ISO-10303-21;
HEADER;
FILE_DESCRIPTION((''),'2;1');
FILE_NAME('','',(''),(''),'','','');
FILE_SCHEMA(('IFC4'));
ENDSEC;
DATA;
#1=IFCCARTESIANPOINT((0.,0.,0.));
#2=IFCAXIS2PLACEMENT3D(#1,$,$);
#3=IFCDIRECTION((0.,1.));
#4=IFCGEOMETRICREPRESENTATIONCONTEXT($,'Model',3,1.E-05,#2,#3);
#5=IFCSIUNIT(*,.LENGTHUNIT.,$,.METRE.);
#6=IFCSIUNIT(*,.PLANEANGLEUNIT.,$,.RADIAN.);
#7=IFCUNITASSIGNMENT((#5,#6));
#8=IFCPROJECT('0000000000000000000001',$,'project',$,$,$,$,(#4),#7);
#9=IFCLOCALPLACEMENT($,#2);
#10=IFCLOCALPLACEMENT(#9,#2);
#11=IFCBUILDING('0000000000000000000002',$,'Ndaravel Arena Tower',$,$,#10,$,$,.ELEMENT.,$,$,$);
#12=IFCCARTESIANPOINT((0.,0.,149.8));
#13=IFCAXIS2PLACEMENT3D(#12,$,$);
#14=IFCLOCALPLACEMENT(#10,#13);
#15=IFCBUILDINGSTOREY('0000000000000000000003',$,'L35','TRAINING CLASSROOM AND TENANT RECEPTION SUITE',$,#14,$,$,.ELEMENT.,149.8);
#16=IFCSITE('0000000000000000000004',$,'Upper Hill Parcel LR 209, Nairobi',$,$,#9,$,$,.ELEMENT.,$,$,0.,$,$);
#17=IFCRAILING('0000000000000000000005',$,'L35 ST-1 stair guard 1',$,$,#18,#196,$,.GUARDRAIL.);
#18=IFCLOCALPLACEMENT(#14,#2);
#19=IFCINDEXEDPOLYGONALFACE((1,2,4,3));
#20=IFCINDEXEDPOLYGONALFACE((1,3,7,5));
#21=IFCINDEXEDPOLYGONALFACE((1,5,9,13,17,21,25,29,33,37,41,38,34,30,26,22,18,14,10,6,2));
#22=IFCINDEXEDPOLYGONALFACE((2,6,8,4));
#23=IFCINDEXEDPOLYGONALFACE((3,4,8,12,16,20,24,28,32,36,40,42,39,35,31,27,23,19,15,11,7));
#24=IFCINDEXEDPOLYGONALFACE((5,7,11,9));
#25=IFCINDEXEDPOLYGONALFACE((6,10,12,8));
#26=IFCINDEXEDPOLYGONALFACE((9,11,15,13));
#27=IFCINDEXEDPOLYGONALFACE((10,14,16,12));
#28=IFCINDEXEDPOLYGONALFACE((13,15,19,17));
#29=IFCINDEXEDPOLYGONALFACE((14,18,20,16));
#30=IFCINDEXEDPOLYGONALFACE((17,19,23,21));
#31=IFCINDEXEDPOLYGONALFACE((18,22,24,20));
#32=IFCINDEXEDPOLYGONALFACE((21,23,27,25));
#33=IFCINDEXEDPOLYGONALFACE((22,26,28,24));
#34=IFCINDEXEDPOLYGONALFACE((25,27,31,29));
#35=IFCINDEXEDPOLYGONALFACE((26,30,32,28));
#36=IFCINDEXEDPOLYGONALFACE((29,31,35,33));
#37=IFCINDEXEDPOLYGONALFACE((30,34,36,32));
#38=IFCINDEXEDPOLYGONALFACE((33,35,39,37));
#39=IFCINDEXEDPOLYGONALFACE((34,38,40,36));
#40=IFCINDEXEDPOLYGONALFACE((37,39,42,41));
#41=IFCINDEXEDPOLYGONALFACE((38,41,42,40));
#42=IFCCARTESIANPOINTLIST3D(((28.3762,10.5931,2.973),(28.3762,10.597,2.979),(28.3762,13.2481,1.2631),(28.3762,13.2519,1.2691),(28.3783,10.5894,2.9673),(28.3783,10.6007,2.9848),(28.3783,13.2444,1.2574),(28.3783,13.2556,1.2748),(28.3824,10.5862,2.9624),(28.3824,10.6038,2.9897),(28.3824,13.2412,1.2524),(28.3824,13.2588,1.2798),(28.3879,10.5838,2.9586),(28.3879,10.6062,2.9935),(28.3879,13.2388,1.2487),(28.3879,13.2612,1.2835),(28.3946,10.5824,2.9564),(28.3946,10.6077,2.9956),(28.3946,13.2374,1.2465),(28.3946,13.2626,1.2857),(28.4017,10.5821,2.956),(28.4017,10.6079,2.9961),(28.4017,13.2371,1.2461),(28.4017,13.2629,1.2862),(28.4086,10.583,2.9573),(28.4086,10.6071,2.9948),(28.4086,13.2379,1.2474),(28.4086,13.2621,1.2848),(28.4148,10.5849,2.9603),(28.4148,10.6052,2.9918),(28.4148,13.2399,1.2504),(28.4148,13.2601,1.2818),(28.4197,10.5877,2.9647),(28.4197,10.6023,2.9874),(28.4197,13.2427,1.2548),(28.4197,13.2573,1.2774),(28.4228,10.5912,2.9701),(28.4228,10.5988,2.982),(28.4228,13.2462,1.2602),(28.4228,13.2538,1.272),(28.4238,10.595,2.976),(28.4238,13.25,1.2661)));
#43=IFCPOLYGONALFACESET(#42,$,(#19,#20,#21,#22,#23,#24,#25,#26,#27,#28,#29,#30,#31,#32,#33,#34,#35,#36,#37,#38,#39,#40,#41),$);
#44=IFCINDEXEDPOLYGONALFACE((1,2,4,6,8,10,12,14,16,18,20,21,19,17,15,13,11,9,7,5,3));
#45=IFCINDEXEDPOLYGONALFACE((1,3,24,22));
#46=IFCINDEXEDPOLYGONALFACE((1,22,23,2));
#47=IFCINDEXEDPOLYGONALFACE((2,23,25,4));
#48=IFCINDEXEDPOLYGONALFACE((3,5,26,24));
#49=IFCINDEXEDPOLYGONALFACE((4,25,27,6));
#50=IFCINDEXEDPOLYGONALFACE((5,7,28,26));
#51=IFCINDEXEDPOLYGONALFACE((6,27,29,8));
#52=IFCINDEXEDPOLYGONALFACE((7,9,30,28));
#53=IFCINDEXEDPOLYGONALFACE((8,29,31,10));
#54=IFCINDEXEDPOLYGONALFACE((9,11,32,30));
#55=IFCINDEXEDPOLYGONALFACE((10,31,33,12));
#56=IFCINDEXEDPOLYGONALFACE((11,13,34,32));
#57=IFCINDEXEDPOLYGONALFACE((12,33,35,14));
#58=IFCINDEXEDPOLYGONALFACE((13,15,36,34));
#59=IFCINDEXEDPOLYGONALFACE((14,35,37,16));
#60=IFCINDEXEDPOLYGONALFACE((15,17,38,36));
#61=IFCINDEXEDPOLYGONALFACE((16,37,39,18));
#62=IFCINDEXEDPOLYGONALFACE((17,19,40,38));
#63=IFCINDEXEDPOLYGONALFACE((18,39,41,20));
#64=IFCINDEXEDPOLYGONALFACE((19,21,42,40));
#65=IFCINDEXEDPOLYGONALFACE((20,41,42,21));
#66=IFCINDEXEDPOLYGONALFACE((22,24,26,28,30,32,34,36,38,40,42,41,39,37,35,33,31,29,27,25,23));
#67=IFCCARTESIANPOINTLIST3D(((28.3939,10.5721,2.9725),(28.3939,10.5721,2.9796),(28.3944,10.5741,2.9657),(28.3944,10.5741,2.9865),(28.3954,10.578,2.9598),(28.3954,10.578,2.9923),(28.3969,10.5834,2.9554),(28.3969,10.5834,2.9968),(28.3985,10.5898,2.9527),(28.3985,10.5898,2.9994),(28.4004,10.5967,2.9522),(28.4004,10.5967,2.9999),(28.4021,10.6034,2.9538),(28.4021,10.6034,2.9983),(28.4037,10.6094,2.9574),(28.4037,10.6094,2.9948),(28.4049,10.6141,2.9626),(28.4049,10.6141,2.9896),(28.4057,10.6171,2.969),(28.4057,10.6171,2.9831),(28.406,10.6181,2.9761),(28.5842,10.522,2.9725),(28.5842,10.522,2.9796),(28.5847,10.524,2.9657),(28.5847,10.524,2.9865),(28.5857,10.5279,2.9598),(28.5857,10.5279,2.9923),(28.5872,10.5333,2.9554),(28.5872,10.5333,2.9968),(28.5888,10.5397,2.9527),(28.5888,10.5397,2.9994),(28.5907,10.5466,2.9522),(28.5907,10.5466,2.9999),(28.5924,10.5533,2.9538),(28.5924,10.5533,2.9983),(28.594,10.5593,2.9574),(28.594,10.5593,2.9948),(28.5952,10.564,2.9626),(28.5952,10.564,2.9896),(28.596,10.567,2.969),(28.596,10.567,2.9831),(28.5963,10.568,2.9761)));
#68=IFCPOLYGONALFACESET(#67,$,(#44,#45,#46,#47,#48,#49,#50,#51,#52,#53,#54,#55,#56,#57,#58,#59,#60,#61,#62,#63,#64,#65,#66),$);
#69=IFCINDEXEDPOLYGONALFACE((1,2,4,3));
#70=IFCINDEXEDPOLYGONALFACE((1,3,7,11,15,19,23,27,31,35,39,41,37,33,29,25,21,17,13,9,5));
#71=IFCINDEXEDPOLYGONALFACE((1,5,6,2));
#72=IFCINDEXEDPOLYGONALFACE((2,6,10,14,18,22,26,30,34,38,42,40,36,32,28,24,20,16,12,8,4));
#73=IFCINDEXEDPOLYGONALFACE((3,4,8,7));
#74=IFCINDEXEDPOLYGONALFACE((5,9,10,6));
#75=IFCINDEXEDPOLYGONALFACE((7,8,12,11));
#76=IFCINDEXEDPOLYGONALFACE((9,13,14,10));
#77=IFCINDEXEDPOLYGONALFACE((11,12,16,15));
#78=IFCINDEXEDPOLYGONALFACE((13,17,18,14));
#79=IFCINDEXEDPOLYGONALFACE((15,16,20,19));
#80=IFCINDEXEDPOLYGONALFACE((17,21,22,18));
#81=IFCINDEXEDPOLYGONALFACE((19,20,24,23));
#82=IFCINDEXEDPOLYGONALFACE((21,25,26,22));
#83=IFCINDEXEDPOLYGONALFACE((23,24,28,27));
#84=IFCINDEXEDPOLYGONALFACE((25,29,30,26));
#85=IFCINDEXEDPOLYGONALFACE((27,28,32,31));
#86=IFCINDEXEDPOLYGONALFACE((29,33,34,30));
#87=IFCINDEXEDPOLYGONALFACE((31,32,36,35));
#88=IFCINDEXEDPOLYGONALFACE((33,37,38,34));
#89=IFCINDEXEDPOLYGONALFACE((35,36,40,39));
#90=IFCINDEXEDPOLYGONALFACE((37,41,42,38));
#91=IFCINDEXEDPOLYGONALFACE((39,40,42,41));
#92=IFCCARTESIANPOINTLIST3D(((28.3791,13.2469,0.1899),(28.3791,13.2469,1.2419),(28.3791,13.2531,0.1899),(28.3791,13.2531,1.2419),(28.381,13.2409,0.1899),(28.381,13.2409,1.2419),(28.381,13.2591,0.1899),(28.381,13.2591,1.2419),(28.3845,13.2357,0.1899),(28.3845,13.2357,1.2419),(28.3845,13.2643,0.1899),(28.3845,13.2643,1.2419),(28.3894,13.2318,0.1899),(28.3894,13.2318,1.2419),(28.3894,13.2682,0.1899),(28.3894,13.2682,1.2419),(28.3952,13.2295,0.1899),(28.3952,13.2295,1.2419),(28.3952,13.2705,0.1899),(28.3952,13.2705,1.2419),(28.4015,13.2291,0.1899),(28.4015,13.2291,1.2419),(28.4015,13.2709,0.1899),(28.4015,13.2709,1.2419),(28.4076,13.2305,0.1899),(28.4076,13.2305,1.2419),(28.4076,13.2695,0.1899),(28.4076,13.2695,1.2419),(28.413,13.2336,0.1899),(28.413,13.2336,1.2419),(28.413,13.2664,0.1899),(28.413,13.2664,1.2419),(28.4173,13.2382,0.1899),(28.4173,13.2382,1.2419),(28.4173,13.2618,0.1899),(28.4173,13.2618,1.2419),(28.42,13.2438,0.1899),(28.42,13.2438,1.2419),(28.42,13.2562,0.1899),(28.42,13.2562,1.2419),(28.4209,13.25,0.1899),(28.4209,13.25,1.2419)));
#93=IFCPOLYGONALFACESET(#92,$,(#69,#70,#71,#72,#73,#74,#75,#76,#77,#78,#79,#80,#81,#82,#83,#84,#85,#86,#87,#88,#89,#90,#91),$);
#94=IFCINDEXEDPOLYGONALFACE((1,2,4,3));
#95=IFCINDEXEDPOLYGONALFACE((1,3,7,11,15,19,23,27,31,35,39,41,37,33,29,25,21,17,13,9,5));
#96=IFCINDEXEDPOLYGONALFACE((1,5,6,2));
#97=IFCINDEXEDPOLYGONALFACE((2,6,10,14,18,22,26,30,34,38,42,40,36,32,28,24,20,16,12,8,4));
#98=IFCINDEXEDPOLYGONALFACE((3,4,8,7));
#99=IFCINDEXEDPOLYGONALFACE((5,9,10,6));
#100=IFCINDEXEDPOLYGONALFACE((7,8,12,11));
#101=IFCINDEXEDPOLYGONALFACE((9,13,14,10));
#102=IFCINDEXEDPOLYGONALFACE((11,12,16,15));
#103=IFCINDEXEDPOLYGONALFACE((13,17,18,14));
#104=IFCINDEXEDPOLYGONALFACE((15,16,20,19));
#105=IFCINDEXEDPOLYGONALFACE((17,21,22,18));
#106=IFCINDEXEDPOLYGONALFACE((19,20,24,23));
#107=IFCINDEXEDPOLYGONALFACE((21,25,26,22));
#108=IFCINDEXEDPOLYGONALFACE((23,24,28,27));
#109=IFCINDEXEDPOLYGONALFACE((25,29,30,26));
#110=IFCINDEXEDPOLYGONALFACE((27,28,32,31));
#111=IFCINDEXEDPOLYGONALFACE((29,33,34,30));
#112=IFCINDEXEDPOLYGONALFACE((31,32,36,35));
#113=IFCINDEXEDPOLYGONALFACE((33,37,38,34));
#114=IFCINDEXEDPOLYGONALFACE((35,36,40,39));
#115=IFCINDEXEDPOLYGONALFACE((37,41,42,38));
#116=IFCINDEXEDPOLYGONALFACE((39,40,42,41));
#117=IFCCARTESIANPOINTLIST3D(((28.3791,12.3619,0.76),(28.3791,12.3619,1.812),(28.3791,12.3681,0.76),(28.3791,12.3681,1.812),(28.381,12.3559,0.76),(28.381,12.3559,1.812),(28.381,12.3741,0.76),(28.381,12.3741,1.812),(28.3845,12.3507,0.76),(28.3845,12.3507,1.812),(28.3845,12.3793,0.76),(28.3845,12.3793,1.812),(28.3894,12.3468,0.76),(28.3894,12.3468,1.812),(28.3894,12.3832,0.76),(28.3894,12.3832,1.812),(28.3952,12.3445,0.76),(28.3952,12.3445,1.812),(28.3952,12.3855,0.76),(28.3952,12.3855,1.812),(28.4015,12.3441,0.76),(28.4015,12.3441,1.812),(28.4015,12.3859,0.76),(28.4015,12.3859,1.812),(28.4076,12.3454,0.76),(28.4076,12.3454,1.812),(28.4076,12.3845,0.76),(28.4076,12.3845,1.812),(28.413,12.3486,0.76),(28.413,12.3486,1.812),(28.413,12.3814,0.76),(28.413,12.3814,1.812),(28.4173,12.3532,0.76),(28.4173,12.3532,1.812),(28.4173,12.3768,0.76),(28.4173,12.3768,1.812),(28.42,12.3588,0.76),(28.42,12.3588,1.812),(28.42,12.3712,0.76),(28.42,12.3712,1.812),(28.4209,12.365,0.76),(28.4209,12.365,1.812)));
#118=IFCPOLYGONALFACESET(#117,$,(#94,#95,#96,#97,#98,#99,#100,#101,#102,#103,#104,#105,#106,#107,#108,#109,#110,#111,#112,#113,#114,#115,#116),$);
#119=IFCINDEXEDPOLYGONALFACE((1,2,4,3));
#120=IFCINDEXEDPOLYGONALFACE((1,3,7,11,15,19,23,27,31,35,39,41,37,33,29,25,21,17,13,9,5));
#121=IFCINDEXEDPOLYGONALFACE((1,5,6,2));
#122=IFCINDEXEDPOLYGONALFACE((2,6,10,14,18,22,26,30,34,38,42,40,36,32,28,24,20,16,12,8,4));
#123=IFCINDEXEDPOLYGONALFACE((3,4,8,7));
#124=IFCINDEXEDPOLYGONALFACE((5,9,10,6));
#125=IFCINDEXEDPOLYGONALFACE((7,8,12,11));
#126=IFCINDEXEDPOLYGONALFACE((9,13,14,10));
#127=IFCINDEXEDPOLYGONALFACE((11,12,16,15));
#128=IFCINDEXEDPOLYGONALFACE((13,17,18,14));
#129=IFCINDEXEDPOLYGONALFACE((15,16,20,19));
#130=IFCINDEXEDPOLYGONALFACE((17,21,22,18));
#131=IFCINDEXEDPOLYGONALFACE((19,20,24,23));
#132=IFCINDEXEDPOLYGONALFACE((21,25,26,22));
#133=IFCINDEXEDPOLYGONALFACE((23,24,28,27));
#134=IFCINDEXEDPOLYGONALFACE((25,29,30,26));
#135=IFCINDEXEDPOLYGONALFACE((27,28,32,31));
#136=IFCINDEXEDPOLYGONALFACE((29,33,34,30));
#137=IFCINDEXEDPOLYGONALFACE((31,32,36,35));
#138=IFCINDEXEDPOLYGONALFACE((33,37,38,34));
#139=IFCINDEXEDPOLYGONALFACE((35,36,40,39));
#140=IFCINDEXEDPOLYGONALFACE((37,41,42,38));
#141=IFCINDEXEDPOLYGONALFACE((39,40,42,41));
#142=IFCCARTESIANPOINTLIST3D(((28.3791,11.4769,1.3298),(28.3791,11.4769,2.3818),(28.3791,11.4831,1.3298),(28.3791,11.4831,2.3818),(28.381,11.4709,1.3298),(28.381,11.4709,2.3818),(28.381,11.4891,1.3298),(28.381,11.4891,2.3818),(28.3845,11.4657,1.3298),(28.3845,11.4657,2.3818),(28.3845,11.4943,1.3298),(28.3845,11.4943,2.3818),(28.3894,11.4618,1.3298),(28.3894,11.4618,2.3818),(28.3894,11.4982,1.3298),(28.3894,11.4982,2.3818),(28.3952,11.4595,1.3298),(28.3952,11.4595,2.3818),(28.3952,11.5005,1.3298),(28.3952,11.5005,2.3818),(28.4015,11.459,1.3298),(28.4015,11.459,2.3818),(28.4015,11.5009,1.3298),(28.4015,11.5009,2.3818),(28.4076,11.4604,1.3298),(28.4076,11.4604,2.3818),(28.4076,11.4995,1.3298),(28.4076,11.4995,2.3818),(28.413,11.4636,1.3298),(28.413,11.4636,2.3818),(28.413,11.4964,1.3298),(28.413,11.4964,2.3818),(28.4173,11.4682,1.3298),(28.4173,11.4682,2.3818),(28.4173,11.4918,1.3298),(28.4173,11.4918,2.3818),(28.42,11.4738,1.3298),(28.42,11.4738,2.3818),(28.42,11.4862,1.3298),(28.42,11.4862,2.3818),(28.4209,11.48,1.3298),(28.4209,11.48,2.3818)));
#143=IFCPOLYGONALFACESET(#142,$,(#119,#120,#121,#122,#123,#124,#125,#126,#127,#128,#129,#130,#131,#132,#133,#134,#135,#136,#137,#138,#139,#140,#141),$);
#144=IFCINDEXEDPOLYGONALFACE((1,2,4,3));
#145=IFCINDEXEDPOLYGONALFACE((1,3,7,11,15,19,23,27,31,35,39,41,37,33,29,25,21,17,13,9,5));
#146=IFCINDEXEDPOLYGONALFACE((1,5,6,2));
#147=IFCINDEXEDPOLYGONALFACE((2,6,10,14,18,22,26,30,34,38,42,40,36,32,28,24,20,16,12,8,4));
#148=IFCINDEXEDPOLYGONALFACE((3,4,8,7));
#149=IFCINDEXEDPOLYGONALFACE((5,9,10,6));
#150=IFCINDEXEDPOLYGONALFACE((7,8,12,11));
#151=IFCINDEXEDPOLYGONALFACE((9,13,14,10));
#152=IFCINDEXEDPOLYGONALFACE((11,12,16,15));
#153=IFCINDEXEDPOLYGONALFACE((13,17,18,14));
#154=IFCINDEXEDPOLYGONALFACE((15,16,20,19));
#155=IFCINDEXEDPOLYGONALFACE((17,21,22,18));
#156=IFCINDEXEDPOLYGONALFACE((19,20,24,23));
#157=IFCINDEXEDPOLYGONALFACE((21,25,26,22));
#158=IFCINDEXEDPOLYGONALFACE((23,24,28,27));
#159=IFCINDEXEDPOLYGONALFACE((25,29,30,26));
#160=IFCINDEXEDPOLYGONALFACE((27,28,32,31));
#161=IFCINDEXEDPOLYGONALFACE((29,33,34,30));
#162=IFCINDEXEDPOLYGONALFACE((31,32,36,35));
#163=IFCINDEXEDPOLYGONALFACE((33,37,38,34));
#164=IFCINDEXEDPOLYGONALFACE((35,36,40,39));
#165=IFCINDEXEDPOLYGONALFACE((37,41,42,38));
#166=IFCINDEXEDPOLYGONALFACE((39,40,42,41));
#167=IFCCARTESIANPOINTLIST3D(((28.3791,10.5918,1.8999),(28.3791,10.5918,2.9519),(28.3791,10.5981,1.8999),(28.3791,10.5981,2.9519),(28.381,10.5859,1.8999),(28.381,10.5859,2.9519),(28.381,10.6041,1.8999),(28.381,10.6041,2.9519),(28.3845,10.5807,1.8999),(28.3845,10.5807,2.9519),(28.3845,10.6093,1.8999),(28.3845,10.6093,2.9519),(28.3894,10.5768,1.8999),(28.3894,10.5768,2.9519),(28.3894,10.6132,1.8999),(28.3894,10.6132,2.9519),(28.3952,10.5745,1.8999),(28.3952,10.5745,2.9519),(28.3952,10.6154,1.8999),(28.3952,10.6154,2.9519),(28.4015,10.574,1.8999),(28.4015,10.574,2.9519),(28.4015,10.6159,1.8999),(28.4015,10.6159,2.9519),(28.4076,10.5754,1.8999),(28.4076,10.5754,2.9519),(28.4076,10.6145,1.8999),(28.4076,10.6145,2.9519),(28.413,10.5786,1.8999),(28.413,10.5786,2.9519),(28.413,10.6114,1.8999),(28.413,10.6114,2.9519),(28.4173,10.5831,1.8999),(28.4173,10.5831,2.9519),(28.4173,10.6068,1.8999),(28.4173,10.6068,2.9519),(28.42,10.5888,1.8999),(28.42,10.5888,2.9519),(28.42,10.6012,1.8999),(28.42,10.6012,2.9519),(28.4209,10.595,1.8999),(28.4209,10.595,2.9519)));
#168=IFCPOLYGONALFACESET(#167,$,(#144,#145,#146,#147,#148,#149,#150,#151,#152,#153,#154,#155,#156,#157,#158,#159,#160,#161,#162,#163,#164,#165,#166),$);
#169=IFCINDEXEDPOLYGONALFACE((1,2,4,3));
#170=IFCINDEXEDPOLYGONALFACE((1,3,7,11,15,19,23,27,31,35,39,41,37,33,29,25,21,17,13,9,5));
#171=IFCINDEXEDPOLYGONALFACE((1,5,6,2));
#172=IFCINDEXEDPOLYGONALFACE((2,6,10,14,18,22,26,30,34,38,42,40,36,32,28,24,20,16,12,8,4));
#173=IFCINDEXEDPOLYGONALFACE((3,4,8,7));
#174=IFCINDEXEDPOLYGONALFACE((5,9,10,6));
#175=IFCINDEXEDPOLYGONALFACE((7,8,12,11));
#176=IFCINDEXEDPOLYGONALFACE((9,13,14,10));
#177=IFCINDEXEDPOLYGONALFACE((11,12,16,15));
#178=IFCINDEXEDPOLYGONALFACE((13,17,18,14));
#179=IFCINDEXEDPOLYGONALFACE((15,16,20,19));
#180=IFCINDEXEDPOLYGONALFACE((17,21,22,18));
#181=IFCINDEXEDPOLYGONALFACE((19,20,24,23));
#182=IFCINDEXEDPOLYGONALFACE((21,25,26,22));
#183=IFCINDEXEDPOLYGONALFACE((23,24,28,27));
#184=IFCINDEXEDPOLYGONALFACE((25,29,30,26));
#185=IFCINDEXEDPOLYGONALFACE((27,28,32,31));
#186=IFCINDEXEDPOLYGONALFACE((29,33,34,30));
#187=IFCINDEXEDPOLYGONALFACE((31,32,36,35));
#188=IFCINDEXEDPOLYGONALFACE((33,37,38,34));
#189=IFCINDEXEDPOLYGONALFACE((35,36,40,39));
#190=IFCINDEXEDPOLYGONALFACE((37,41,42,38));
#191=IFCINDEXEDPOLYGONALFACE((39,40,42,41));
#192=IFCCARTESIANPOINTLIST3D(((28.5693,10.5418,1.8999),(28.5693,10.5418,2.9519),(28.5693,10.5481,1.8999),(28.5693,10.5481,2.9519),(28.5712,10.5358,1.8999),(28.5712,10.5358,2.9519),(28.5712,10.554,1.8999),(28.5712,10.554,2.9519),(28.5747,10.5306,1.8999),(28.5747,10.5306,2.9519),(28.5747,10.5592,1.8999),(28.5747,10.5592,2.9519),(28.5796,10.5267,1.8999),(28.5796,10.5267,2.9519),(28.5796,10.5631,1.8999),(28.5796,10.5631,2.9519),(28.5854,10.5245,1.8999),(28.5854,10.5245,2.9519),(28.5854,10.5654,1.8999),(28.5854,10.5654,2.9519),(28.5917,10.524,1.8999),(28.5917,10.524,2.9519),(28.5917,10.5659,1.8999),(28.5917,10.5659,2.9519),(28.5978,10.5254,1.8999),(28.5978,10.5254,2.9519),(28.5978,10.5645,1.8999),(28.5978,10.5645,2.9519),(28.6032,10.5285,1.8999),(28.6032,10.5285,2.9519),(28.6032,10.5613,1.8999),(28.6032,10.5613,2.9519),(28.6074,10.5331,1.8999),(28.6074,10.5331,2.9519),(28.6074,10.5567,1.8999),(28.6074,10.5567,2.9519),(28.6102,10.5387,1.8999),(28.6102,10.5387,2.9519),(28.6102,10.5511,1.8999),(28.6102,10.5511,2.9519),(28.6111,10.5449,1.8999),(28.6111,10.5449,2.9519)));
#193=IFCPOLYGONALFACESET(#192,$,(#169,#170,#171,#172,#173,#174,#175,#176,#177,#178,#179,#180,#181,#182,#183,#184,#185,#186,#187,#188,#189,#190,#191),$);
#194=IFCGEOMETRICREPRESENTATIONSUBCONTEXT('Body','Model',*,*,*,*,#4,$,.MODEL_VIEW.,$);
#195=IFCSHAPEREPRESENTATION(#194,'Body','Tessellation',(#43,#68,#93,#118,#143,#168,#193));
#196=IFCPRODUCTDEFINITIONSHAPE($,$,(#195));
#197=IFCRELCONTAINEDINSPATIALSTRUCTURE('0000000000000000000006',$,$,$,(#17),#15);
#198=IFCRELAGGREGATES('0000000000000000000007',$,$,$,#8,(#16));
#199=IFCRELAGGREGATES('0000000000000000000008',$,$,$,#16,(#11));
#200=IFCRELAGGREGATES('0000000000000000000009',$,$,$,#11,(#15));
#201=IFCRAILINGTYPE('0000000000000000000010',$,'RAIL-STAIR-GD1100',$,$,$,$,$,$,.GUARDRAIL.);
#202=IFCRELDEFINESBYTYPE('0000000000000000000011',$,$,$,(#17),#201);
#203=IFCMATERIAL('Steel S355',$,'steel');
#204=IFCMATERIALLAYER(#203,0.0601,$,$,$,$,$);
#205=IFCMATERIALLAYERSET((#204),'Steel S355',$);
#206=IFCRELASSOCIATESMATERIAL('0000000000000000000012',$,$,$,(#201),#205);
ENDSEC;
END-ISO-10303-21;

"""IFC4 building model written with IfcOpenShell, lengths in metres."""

from ifc_helpers import new_model, si_unit, direction, frame, origin, origin_2d, place, context, subcontext, project, spatial, circle, extrude, material, layer, layer_set, type_object, element, save


model = new_model("IFC4")

# Units and contexts
model_context = context("Model", 3, precision=1e-05, world=origin(), true_north=direction((0.0, 1.0)))
body_context = subcontext(model_context, "Body", "Model", "MODEL_VIEW")
ifc_project = project(units=[si_unit("LENGTHUNIT", "METRE"), si_unit("PLANEANGLEUNIT", "RADIAN")], contexts=[model_context])

# Site, building, storey
site_placement = place(None, origin())
site = spatial("IfcSite", under=ifc_project, at=site_placement, Name="Upper Hill Parcel LR 209, Nairobi", CompositionType="ELEMENT", RefElevation=0.0)
building_placement = place(site_placement, origin())
building = spatial("IfcBuilding", under=site, at=building_placement, Name="Ndaravel Arena Tower", CompositionType="ELEMENT")
storey_placement = place(building_placement, frame((0.0, 0.0, 149.8)))
storey = spatial("IfcBuildingStorey", under=building, at=storey_placement, Name="L35", Description="TRAINING CLASSROOM AND TENANT RECEPTION SUITE", CompositionType="ELEMENT", Elevation=149.8)

# Railing
ifc_material_1 = material(Name="Steel S355", Category="steel")
ifc_layer_1 = layer(ifc_material_1, 0.0601)
ifc_layer_set_1 = layer_set([ifc_layer_1], Name="Steel S355")
railing_type_1 = type_object("IfcRailingType", Name="RAIL-STAIR-GD1100", PredefinedType="GUARDRAIL", material=ifc_layer_set_1)
railing_1_placement = place(storey_placement, frame((28.3999, 13.25, 0.1899)))
element("IfcRailing", 1, at=railing_1_placement, inside=storey, type_object=railing_type_1, Name="L35 ST-1 stair guard 1", PredefinedType="GUARDRAIL", context=body_context, shape_type="SweptSolid", body=[
    extrude(circle(Radius=0.0239, at=origin_2d()), frame((0.0, 0.0, 1.0762), z_axis=(0.0, -0.840724, 0.541465), x_axis=(1.0, 0.0, 0.0)), (0.0, 0.0, 1.0), 3.158),
    extrude(circle(Radius=0.0239, at=origin_2d()), frame((0.0, -2.655, 2.7861), z_axis=(0.967075, -0.254493, 0.0), x_axis=(0.254493, 0.967075, 0.0)), (0.0, 0.0, 1.0), 0.1968),
    extrude(circle(Radius=0.021, at=origin_2d()), origin(), (0.0, 0.0, 1.0), 1.052),
    extrude(circle(Radius=0.021, at=origin_2d()), frame((0.0, -0.885, 0.5701)), (0.0, 0.0, 1.0), 1.052),
    extrude(circle(Radius=0.021, at=origin_2d()), frame((0.0, -1.77, 1.1399)), (0.0, 0.0, 1.0), 1.052),
    extrude(circle(Radius=0.021, at=origin_2d()), frame((0.0, -2.655, 1.71)), (0.0, 0.0, 1.0), 1.052),
    extrude(circle(Radius=0.021, at=origin_2d()), frame((0.1902, -2.7051, 1.71)), (0.0, 0.0, 1.0), 1.052),
])

save(model, "model.ifc")
